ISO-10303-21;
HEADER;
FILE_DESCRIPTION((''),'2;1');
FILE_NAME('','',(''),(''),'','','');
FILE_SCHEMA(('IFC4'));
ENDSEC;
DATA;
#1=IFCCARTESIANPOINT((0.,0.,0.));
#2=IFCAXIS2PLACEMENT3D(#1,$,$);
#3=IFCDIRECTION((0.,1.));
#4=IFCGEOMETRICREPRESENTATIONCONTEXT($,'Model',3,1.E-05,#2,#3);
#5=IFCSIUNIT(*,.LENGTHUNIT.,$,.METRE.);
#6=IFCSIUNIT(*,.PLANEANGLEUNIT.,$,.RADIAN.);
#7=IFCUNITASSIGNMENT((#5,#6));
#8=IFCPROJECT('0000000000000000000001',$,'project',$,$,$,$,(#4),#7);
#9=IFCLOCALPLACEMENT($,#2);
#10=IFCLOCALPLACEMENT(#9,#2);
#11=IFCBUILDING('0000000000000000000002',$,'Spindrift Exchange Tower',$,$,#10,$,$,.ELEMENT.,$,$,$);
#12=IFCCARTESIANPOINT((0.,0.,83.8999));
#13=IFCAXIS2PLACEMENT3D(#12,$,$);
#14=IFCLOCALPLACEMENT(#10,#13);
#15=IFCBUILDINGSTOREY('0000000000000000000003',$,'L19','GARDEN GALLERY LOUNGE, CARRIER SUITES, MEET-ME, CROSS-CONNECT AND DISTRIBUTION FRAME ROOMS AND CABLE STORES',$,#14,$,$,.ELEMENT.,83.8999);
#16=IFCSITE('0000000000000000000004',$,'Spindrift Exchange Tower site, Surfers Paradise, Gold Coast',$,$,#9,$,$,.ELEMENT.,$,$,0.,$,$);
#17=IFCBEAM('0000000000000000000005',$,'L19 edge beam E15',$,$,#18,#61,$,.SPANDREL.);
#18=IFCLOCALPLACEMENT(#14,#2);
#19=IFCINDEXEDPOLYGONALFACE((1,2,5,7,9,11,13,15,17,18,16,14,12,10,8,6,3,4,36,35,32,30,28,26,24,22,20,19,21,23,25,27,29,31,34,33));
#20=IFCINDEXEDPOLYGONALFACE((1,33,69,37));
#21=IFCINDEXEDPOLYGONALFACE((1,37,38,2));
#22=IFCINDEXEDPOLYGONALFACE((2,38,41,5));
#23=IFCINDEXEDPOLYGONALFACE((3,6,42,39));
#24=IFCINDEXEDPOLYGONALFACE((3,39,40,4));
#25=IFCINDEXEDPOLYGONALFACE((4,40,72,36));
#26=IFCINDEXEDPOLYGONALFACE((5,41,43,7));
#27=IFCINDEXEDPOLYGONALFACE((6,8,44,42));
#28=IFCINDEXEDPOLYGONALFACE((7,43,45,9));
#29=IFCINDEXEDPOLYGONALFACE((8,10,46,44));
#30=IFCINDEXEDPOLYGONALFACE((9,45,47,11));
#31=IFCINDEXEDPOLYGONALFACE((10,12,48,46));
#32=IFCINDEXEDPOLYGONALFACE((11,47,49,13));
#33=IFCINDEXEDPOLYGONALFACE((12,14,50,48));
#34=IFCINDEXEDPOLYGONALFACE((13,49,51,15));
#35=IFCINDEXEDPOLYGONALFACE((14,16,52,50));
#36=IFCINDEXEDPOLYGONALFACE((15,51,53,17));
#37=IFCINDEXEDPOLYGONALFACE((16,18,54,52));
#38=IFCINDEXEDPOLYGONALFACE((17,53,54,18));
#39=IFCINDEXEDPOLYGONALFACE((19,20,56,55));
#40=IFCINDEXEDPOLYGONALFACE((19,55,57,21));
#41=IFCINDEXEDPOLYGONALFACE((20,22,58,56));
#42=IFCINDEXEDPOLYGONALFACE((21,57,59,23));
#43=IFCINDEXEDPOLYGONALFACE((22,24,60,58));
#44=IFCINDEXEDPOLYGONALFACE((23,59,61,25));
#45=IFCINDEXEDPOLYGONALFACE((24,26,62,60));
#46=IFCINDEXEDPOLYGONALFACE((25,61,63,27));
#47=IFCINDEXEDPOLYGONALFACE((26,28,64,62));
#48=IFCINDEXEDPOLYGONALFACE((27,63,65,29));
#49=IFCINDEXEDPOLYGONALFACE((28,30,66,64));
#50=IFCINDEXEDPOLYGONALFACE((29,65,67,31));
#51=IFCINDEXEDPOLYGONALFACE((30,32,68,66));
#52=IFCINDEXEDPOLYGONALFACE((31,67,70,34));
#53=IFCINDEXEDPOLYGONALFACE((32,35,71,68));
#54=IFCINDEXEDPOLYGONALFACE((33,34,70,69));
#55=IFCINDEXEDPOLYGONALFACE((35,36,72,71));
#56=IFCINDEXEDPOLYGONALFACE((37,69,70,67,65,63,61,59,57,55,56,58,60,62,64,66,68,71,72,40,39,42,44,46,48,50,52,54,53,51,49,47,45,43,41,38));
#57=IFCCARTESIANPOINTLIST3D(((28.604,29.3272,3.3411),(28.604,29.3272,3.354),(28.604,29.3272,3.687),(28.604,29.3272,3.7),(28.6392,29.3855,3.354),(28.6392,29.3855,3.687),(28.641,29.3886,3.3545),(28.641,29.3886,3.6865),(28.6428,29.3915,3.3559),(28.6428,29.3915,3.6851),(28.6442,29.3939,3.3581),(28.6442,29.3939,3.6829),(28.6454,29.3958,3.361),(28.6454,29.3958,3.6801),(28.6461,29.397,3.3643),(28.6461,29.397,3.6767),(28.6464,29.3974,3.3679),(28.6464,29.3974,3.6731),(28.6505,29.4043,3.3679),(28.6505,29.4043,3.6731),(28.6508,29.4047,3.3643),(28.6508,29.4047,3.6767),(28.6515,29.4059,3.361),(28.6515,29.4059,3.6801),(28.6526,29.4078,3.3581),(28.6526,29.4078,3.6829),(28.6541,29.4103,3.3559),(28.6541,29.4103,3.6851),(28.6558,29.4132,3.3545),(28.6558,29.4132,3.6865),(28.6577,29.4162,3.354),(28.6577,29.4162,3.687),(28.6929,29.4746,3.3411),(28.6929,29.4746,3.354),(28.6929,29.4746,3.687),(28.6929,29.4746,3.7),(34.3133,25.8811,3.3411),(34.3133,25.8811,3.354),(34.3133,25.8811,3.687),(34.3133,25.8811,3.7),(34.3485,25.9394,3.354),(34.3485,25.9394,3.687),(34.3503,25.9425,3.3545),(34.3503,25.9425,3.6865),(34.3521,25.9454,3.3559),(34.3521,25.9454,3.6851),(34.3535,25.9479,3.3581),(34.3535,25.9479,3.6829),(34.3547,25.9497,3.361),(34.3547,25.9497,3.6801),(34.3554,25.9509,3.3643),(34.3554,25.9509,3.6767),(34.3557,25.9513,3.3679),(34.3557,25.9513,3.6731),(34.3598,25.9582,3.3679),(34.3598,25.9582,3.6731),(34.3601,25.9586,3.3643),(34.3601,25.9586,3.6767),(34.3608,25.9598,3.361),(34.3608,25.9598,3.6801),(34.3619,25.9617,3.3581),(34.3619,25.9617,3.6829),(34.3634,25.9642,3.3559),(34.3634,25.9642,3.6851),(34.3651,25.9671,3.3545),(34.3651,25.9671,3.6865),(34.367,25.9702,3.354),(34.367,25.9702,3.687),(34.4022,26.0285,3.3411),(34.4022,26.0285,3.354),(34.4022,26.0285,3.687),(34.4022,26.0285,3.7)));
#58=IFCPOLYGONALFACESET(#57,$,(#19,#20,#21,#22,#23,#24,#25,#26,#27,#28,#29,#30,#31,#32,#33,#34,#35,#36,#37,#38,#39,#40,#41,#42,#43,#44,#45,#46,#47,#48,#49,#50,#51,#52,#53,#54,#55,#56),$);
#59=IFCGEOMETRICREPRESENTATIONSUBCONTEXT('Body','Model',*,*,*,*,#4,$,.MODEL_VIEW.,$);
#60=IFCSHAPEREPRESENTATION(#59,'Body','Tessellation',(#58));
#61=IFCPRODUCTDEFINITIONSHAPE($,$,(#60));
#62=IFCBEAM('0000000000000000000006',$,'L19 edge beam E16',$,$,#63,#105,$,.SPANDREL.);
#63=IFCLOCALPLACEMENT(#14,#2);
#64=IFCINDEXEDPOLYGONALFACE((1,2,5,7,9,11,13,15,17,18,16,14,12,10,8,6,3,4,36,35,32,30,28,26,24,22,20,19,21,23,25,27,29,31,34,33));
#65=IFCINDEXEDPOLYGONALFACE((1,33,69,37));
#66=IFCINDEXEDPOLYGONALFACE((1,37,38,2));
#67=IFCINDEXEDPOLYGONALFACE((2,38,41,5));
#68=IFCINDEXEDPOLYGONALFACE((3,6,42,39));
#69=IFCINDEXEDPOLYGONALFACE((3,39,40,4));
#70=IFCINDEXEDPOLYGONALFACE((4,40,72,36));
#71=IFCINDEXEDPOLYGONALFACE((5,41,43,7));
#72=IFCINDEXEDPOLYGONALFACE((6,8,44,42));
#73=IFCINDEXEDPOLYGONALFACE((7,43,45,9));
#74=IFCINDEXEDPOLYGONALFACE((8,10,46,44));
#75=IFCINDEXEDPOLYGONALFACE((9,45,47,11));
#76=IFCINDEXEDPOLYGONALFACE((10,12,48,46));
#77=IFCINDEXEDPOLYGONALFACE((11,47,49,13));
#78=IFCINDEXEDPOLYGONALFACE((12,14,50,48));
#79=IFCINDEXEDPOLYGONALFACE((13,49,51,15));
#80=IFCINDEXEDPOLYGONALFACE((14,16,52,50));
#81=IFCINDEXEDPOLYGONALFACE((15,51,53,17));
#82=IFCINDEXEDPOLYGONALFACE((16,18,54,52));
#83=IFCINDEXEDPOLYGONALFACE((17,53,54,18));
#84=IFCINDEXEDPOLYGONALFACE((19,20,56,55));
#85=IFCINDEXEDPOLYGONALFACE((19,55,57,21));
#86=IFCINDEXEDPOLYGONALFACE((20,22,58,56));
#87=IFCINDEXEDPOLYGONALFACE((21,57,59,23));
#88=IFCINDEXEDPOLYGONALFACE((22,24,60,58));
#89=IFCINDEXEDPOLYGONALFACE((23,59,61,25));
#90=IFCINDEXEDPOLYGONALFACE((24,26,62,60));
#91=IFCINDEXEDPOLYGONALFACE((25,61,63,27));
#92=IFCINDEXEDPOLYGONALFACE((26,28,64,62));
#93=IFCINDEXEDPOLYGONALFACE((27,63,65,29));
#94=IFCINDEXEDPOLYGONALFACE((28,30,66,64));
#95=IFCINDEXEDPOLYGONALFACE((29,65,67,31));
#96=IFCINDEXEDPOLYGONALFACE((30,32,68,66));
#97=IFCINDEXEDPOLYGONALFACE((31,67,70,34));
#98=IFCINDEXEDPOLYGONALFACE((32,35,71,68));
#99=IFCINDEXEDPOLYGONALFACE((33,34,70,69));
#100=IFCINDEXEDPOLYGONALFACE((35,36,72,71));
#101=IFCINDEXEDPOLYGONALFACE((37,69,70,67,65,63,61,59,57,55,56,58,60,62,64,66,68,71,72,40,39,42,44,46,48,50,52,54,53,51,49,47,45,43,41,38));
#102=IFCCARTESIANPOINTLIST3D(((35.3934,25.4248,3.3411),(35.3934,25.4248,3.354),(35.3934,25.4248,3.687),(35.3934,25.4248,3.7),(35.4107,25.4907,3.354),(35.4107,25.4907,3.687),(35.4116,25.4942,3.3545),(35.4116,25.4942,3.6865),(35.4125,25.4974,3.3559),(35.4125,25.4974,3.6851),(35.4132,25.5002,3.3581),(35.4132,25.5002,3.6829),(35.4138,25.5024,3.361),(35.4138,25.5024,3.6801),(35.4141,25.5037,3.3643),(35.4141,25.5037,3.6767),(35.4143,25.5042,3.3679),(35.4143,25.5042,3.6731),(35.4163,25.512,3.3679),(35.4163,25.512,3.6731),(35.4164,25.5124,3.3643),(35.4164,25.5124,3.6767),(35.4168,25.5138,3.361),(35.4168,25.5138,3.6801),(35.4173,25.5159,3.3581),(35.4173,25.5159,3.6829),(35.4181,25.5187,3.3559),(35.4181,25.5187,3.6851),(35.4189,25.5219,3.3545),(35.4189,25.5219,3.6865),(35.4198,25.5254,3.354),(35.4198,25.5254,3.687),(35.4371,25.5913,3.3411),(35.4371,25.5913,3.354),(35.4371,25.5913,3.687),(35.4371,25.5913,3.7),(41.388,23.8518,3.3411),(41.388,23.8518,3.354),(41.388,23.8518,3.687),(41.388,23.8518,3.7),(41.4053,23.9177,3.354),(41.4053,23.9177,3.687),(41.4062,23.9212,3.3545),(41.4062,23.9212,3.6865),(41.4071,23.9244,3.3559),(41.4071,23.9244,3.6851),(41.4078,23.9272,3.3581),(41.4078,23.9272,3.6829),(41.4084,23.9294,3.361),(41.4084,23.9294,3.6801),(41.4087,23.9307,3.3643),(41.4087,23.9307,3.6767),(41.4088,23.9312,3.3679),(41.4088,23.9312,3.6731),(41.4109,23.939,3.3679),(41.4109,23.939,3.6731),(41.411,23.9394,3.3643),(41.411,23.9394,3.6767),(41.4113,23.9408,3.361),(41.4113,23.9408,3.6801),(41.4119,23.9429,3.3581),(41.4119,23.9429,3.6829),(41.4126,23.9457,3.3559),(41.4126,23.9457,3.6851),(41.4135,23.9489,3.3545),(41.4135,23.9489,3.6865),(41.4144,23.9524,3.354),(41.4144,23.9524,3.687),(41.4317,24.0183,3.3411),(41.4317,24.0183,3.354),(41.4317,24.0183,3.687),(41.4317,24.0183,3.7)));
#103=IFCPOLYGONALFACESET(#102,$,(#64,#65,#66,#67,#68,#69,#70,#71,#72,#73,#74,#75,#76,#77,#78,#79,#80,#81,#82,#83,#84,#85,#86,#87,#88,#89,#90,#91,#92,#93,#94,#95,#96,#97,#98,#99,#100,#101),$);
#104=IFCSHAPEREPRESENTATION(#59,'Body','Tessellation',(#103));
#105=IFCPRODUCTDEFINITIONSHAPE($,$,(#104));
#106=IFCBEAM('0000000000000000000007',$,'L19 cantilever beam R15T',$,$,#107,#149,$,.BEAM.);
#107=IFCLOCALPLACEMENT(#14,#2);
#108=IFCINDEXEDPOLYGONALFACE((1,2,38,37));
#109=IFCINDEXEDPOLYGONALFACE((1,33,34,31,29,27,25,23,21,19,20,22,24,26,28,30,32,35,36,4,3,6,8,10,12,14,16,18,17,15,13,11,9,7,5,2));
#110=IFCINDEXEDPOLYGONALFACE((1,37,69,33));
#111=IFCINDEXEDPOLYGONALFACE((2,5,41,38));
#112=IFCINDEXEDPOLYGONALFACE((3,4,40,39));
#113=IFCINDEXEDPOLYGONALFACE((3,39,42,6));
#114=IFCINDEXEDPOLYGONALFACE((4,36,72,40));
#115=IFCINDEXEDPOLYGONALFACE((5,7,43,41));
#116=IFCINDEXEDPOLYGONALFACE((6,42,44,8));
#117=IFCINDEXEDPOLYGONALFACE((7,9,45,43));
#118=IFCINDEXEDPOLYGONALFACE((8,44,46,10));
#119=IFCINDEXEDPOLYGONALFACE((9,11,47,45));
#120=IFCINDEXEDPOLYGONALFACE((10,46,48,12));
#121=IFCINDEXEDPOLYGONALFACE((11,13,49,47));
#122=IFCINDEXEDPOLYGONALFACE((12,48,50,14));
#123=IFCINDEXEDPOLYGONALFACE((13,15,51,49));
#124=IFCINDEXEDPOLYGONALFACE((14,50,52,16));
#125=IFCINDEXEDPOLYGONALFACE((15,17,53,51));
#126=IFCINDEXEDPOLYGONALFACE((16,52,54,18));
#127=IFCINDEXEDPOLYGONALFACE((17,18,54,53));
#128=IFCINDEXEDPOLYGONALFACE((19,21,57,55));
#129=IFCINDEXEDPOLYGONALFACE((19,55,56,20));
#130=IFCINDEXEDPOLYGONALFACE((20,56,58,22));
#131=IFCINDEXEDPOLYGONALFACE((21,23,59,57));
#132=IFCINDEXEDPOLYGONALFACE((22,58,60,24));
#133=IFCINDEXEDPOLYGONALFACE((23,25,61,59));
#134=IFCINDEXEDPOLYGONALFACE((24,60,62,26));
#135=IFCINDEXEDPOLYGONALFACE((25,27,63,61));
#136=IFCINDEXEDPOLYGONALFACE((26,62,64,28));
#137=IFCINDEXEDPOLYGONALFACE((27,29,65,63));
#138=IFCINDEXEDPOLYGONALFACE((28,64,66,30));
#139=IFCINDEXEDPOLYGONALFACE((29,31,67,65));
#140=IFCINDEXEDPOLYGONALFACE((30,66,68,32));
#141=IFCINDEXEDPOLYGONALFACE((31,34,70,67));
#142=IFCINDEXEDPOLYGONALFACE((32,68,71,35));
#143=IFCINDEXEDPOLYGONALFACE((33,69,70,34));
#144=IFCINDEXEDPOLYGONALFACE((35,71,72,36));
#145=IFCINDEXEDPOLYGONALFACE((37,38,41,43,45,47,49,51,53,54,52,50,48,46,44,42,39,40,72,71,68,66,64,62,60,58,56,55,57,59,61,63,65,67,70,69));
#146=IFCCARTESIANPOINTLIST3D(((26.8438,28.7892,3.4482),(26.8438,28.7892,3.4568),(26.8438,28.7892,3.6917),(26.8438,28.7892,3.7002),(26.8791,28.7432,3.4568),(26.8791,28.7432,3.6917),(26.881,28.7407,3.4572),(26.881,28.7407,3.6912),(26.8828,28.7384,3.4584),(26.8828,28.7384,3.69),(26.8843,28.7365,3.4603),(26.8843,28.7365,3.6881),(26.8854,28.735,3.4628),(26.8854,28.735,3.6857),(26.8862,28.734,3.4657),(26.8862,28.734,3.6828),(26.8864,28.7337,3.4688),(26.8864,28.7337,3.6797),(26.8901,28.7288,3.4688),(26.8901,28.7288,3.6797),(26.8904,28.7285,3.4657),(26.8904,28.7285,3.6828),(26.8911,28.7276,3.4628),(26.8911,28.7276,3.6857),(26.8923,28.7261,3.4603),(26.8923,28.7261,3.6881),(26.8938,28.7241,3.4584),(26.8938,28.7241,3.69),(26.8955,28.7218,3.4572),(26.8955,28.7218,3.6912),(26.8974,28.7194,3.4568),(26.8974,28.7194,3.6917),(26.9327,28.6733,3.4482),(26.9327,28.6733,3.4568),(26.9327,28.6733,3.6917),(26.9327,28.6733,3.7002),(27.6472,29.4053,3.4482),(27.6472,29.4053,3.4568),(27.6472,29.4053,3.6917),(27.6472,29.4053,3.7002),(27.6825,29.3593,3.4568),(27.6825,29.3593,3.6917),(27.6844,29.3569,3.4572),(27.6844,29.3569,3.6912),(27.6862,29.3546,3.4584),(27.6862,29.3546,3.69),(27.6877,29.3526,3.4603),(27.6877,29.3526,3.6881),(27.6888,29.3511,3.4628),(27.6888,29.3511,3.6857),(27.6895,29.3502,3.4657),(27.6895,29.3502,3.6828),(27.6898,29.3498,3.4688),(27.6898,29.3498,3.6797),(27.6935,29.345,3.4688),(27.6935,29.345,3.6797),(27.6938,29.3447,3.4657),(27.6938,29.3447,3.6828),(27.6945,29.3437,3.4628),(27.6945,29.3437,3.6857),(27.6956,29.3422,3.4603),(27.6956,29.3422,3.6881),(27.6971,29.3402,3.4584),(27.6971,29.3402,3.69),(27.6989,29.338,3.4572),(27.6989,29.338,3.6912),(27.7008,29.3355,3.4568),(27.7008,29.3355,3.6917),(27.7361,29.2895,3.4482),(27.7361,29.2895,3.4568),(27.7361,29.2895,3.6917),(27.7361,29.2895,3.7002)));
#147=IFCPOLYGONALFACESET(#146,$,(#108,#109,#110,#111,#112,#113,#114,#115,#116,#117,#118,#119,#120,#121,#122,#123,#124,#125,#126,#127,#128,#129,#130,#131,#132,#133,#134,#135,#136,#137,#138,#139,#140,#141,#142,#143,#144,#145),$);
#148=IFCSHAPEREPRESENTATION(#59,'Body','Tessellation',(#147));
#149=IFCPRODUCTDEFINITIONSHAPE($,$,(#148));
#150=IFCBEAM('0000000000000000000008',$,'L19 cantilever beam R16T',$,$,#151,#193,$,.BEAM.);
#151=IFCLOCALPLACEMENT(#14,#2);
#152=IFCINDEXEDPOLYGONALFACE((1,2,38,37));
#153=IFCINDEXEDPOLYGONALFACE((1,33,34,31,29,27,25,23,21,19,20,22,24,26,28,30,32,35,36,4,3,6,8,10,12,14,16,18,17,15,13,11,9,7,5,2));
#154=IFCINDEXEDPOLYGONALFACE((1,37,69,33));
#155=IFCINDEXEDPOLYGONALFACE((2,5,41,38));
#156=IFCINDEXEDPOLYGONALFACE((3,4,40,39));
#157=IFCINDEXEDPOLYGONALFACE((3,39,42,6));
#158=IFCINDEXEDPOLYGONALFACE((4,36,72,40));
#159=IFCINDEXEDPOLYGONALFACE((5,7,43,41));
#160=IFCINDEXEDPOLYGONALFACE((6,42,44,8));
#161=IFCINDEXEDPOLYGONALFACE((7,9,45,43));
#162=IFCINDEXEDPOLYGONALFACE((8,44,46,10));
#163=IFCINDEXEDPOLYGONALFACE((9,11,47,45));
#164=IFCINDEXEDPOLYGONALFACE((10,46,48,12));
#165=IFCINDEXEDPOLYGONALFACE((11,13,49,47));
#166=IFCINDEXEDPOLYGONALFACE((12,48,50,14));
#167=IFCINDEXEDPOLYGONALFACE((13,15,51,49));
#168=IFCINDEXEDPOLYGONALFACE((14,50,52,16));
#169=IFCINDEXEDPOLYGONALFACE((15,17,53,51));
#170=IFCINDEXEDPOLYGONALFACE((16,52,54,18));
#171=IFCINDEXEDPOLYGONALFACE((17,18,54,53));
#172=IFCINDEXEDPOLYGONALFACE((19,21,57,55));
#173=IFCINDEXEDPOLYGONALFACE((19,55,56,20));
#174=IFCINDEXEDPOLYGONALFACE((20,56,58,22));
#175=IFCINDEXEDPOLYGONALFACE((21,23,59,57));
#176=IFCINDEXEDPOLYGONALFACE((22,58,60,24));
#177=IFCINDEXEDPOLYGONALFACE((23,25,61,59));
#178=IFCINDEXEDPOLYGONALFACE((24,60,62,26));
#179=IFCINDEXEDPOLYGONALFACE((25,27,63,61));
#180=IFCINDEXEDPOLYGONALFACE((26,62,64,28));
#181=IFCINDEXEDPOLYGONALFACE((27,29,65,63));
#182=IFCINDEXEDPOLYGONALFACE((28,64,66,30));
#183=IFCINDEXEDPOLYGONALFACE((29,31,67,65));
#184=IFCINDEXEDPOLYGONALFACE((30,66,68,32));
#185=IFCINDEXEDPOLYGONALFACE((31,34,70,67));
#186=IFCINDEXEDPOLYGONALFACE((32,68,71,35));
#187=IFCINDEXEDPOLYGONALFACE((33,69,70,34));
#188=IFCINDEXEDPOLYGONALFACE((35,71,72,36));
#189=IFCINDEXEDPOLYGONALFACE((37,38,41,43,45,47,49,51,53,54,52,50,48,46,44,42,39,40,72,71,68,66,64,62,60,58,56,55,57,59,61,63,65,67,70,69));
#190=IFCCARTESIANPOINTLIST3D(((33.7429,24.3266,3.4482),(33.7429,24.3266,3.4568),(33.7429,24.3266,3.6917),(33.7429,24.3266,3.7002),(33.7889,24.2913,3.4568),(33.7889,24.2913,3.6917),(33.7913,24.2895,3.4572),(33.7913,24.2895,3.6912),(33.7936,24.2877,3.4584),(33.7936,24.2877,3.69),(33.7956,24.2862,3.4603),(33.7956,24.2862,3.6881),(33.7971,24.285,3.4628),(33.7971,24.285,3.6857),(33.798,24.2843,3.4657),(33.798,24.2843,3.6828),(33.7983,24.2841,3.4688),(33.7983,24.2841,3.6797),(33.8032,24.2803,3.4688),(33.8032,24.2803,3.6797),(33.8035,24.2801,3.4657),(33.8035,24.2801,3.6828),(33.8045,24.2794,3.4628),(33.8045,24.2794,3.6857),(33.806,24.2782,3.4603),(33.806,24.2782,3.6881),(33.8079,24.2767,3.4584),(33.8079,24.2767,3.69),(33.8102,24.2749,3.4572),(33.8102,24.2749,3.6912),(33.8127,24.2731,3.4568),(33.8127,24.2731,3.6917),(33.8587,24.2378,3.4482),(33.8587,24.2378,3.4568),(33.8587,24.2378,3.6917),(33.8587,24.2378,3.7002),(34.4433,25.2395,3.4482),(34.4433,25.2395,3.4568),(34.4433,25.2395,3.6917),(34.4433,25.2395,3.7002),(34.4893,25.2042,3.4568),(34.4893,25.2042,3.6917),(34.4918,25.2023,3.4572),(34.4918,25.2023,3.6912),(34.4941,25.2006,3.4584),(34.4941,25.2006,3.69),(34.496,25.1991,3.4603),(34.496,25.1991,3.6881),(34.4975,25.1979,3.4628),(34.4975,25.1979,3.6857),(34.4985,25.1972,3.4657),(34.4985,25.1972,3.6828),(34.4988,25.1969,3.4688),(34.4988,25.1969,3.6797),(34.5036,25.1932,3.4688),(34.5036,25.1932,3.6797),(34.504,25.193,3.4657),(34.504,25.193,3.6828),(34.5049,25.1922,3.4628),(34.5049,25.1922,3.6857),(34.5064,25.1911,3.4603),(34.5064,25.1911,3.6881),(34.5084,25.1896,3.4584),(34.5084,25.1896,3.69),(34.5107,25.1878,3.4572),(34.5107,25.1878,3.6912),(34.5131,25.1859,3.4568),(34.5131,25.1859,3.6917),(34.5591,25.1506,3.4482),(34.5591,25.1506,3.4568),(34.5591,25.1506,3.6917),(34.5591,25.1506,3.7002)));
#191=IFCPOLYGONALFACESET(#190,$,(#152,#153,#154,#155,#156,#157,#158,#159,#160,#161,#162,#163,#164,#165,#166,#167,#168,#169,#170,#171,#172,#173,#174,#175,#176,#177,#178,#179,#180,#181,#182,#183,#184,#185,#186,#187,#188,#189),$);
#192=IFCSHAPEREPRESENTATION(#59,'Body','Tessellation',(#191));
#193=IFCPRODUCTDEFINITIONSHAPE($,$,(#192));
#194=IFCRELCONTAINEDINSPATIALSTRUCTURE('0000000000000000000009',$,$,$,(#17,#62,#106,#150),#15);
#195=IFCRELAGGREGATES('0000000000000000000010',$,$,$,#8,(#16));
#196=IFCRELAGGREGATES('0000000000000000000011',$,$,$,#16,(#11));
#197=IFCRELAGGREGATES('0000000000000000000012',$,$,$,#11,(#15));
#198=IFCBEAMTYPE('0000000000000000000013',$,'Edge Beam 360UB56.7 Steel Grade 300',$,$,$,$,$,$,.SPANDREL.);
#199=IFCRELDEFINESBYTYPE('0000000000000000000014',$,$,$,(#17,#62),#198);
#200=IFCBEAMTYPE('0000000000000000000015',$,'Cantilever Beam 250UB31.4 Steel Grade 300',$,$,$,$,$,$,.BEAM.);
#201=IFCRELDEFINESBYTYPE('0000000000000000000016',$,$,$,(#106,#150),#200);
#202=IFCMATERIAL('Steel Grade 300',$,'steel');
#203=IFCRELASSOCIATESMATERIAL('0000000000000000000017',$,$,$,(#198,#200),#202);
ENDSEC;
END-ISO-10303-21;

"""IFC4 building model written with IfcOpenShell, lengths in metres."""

from ifc_helpers import new_model, si_unit, direction, frame, origin, origin_2d, place, context, subcontext, project, spatial, i_section, extrude, source, transform, mapped, material, material_profile, profile_set, type_object, element, save


model = new_model("IFC4")

# Units and contexts
model_context = context("Model", 3, precision=1e-05, world=origin(), true_north=direction((0.0, 1.0)))
body_context = subcontext(model_context, "Body", "Model", "MODEL_VIEW")
ifc_project = project(units=[si_unit("LENGTHUNIT", "METRE"), si_unit("PLANEANGLEUNIT", "RADIAN")], contexts=[model_context])

# Site, building, storey
site_placement = place(None, origin())
site = spatial("IfcSite", under=ifc_project, at=site_placement, Name="Spindrift Exchange Tower site, Surfers Paradise, Gold Coast", CompositionType="ELEMENT", RefElevation=0.0)
building_placement = place(site_placement, origin())
building = spatial("IfcBuilding", under=site, at=building_placement, Name="Spindrift Exchange Tower", CompositionType="ELEMENT")
storey_placement = place(building_placement, frame((0.0, 0.0, 83.8999)))
storey = spatial("IfcBuildingStorey", under=building, at=storey_placement, Name="L19", Description="GARDEN GALLERY LOUNGE, CARRIER SUITES, MEET-ME, CROSS-CONNECT AND DISTRIBUTION FRAME ROOMS AND CABLE STORES", CompositionType="ELEMENT", Elevation=83.8999)

# Beams
ifc_material_1 = material(Name="Steel Grade 300", Category="steel")
ifc_material_profile_1 = material_profile(ifc_material_1, i_section(OverallWidth=0.1721, OverallDepth=0.3589, WebThickness=0.0081, FlangeThickness=0.0129, FilletRadius=0.0139, at=origin_2d()), Name="360UB56.7")
ifc_profile_set_1 = profile_set([ifc_material_profile_1], Name="Steel Grade 300")
beam_type_1 = type_object("IfcBeamType", Name="Edge Beam 360UB56.7 Steel Grade 300", PredefinedType="SPANDREL", material=ifc_profile_set_1)
shared_shape_1 = source(origin(), body_context, "Body", "SweptSolid", [
    extrude(i_section(OverallWidth=0.1721, OverallDepth=0.3589, WebThickness=0.0081, FlangeThickness=0.0129, FilletRadius=0.0139, at=origin_2d()), origin(), (0.0, 0.0, 1.0), 6.6687),
])
beam_1_placement = place(storey_placement, frame((28.6484, 29.4009, 3.5205), z_axis=(0.856133, -0.516755, 0.0), x_axis=(0.516755, 0.856133, 0.0)))
element("IfcBeam", 1, at=beam_1_placement, inside=storey, type_object=beam_type_1, Name="L19 edge beam E15", PredefinedType="SPANDREL", context=body_context, shape_type="MappedRepresentation", body=[
    mapped(shared_shape_1, transform((0.0, 0.0, 0.0), scale=1.0)),
])
shared_shape_2 = source(origin(), body_context, "Body", "SweptSolid", [
    extrude(i_section(OverallWidth=0.1721, OverallDepth=0.3589, WebThickness=0.0081, FlangeThickness=0.0129, FilletRadius=0.0139, at=origin_2d()), origin(), (0.0, 0.0, 1.0), 6.1975),
])
beam_2_placement = place(storey_placement, frame((35.4153, 25.5081, 3.5205), z_axis=(0.967254, -0.253809, 0.0), x_axis=(0.253809, 0.967254, 0.0)))
element("IfcBeam", 2, at=beam_2_placement, inside=storey, type_object=beam_type_1, Name="L19 edge beam E16", PredefinedType="SPANDREL", context=body_context, shape_type="MappedRepresentation", body=[
    mapped(shared_shape_2, transform((0.0, 0.0, 0.0), scale=1.0)),
])
ifc_material_profile_2 = material_profile(ifc_material_1, i_section(OverallWidth=0.146, OverallDepth=0.252, WebThickness=0.0061, FlangeThickness=0.0085, FilletRadius=0.012, at=origin_2d()), Name="250UB31.4")
ifc_profile_set_2 = profile_set([ifc_material_profile_2], Name="Steel Grade 300")
beam_type_2 = type_object("IfcBeamType", Name="Cantilever Beam 250UB31.4 Steel Grade 300", PredefinedType="BEAM", material=ifc_profile_set_2)
shared_shape_3 = source(origin(), body_context, "Body", "SweptSolid", [
    extrude(i_section(OverallWidth=0.146, OverallDepth=0.252, WebThickness=0.0061, FlangeThickness=0.0085, FilletRadius=0.012, at=origin_2d()), origin(), (0.0, 0.0, 1.0), 1.0125),
])
beam_3_placement = place(storey_placement, frame((27.6917, 29.3474, 3.5742), z_axis=(-0.793502, -0.608568, 0.0), x_axis=(0.608568, -0.793502, 0.0)))
element("IfcBeam", 3, at=beam_3_placement, inside=storey, type_object=beam_type_2, Name="L19 cantilever beam R15T", PredefinedType="BEAM", context=body_context, shape_type="MappedRepresentation", body=[
    mapped(shared_shape_3, transform((0.0, 0.0, 0.0), scale=1.0)),
])
shared_shape_4 = source(origin(), body_context, "Body", "SweptSolid", [
    extrude(i_section(OverallWidth=0.146, OverallDepth=0.252, WebThickness=0.0061, FlangeThickness=0.0085, FilletRadius=0.012, at=origin_2d()), origin(), (0.0, 0.0, 1.0), 1.1506),
])
beam_4_placement = place(storey_placement, frame((34.5012, 25.1951, 3.5742), z_axis=(-0.608757, -0.793357, 0.0), x_axis=(0.793357, -0.608757, 0.0)))
element("IfcBeam", 4, at=beam_4_placement, inside=storey, type_object=beam_type_2, Name="L19 cantilever beam R16T", PredefinedType="BEAM", context=body_context, shape_type="MappedRepresentation", body=[
    mapped(shared_shape_4, transform((0.0, 0.0, 0.0), scale=1.0)),
])

save(model, "model.ifc")
